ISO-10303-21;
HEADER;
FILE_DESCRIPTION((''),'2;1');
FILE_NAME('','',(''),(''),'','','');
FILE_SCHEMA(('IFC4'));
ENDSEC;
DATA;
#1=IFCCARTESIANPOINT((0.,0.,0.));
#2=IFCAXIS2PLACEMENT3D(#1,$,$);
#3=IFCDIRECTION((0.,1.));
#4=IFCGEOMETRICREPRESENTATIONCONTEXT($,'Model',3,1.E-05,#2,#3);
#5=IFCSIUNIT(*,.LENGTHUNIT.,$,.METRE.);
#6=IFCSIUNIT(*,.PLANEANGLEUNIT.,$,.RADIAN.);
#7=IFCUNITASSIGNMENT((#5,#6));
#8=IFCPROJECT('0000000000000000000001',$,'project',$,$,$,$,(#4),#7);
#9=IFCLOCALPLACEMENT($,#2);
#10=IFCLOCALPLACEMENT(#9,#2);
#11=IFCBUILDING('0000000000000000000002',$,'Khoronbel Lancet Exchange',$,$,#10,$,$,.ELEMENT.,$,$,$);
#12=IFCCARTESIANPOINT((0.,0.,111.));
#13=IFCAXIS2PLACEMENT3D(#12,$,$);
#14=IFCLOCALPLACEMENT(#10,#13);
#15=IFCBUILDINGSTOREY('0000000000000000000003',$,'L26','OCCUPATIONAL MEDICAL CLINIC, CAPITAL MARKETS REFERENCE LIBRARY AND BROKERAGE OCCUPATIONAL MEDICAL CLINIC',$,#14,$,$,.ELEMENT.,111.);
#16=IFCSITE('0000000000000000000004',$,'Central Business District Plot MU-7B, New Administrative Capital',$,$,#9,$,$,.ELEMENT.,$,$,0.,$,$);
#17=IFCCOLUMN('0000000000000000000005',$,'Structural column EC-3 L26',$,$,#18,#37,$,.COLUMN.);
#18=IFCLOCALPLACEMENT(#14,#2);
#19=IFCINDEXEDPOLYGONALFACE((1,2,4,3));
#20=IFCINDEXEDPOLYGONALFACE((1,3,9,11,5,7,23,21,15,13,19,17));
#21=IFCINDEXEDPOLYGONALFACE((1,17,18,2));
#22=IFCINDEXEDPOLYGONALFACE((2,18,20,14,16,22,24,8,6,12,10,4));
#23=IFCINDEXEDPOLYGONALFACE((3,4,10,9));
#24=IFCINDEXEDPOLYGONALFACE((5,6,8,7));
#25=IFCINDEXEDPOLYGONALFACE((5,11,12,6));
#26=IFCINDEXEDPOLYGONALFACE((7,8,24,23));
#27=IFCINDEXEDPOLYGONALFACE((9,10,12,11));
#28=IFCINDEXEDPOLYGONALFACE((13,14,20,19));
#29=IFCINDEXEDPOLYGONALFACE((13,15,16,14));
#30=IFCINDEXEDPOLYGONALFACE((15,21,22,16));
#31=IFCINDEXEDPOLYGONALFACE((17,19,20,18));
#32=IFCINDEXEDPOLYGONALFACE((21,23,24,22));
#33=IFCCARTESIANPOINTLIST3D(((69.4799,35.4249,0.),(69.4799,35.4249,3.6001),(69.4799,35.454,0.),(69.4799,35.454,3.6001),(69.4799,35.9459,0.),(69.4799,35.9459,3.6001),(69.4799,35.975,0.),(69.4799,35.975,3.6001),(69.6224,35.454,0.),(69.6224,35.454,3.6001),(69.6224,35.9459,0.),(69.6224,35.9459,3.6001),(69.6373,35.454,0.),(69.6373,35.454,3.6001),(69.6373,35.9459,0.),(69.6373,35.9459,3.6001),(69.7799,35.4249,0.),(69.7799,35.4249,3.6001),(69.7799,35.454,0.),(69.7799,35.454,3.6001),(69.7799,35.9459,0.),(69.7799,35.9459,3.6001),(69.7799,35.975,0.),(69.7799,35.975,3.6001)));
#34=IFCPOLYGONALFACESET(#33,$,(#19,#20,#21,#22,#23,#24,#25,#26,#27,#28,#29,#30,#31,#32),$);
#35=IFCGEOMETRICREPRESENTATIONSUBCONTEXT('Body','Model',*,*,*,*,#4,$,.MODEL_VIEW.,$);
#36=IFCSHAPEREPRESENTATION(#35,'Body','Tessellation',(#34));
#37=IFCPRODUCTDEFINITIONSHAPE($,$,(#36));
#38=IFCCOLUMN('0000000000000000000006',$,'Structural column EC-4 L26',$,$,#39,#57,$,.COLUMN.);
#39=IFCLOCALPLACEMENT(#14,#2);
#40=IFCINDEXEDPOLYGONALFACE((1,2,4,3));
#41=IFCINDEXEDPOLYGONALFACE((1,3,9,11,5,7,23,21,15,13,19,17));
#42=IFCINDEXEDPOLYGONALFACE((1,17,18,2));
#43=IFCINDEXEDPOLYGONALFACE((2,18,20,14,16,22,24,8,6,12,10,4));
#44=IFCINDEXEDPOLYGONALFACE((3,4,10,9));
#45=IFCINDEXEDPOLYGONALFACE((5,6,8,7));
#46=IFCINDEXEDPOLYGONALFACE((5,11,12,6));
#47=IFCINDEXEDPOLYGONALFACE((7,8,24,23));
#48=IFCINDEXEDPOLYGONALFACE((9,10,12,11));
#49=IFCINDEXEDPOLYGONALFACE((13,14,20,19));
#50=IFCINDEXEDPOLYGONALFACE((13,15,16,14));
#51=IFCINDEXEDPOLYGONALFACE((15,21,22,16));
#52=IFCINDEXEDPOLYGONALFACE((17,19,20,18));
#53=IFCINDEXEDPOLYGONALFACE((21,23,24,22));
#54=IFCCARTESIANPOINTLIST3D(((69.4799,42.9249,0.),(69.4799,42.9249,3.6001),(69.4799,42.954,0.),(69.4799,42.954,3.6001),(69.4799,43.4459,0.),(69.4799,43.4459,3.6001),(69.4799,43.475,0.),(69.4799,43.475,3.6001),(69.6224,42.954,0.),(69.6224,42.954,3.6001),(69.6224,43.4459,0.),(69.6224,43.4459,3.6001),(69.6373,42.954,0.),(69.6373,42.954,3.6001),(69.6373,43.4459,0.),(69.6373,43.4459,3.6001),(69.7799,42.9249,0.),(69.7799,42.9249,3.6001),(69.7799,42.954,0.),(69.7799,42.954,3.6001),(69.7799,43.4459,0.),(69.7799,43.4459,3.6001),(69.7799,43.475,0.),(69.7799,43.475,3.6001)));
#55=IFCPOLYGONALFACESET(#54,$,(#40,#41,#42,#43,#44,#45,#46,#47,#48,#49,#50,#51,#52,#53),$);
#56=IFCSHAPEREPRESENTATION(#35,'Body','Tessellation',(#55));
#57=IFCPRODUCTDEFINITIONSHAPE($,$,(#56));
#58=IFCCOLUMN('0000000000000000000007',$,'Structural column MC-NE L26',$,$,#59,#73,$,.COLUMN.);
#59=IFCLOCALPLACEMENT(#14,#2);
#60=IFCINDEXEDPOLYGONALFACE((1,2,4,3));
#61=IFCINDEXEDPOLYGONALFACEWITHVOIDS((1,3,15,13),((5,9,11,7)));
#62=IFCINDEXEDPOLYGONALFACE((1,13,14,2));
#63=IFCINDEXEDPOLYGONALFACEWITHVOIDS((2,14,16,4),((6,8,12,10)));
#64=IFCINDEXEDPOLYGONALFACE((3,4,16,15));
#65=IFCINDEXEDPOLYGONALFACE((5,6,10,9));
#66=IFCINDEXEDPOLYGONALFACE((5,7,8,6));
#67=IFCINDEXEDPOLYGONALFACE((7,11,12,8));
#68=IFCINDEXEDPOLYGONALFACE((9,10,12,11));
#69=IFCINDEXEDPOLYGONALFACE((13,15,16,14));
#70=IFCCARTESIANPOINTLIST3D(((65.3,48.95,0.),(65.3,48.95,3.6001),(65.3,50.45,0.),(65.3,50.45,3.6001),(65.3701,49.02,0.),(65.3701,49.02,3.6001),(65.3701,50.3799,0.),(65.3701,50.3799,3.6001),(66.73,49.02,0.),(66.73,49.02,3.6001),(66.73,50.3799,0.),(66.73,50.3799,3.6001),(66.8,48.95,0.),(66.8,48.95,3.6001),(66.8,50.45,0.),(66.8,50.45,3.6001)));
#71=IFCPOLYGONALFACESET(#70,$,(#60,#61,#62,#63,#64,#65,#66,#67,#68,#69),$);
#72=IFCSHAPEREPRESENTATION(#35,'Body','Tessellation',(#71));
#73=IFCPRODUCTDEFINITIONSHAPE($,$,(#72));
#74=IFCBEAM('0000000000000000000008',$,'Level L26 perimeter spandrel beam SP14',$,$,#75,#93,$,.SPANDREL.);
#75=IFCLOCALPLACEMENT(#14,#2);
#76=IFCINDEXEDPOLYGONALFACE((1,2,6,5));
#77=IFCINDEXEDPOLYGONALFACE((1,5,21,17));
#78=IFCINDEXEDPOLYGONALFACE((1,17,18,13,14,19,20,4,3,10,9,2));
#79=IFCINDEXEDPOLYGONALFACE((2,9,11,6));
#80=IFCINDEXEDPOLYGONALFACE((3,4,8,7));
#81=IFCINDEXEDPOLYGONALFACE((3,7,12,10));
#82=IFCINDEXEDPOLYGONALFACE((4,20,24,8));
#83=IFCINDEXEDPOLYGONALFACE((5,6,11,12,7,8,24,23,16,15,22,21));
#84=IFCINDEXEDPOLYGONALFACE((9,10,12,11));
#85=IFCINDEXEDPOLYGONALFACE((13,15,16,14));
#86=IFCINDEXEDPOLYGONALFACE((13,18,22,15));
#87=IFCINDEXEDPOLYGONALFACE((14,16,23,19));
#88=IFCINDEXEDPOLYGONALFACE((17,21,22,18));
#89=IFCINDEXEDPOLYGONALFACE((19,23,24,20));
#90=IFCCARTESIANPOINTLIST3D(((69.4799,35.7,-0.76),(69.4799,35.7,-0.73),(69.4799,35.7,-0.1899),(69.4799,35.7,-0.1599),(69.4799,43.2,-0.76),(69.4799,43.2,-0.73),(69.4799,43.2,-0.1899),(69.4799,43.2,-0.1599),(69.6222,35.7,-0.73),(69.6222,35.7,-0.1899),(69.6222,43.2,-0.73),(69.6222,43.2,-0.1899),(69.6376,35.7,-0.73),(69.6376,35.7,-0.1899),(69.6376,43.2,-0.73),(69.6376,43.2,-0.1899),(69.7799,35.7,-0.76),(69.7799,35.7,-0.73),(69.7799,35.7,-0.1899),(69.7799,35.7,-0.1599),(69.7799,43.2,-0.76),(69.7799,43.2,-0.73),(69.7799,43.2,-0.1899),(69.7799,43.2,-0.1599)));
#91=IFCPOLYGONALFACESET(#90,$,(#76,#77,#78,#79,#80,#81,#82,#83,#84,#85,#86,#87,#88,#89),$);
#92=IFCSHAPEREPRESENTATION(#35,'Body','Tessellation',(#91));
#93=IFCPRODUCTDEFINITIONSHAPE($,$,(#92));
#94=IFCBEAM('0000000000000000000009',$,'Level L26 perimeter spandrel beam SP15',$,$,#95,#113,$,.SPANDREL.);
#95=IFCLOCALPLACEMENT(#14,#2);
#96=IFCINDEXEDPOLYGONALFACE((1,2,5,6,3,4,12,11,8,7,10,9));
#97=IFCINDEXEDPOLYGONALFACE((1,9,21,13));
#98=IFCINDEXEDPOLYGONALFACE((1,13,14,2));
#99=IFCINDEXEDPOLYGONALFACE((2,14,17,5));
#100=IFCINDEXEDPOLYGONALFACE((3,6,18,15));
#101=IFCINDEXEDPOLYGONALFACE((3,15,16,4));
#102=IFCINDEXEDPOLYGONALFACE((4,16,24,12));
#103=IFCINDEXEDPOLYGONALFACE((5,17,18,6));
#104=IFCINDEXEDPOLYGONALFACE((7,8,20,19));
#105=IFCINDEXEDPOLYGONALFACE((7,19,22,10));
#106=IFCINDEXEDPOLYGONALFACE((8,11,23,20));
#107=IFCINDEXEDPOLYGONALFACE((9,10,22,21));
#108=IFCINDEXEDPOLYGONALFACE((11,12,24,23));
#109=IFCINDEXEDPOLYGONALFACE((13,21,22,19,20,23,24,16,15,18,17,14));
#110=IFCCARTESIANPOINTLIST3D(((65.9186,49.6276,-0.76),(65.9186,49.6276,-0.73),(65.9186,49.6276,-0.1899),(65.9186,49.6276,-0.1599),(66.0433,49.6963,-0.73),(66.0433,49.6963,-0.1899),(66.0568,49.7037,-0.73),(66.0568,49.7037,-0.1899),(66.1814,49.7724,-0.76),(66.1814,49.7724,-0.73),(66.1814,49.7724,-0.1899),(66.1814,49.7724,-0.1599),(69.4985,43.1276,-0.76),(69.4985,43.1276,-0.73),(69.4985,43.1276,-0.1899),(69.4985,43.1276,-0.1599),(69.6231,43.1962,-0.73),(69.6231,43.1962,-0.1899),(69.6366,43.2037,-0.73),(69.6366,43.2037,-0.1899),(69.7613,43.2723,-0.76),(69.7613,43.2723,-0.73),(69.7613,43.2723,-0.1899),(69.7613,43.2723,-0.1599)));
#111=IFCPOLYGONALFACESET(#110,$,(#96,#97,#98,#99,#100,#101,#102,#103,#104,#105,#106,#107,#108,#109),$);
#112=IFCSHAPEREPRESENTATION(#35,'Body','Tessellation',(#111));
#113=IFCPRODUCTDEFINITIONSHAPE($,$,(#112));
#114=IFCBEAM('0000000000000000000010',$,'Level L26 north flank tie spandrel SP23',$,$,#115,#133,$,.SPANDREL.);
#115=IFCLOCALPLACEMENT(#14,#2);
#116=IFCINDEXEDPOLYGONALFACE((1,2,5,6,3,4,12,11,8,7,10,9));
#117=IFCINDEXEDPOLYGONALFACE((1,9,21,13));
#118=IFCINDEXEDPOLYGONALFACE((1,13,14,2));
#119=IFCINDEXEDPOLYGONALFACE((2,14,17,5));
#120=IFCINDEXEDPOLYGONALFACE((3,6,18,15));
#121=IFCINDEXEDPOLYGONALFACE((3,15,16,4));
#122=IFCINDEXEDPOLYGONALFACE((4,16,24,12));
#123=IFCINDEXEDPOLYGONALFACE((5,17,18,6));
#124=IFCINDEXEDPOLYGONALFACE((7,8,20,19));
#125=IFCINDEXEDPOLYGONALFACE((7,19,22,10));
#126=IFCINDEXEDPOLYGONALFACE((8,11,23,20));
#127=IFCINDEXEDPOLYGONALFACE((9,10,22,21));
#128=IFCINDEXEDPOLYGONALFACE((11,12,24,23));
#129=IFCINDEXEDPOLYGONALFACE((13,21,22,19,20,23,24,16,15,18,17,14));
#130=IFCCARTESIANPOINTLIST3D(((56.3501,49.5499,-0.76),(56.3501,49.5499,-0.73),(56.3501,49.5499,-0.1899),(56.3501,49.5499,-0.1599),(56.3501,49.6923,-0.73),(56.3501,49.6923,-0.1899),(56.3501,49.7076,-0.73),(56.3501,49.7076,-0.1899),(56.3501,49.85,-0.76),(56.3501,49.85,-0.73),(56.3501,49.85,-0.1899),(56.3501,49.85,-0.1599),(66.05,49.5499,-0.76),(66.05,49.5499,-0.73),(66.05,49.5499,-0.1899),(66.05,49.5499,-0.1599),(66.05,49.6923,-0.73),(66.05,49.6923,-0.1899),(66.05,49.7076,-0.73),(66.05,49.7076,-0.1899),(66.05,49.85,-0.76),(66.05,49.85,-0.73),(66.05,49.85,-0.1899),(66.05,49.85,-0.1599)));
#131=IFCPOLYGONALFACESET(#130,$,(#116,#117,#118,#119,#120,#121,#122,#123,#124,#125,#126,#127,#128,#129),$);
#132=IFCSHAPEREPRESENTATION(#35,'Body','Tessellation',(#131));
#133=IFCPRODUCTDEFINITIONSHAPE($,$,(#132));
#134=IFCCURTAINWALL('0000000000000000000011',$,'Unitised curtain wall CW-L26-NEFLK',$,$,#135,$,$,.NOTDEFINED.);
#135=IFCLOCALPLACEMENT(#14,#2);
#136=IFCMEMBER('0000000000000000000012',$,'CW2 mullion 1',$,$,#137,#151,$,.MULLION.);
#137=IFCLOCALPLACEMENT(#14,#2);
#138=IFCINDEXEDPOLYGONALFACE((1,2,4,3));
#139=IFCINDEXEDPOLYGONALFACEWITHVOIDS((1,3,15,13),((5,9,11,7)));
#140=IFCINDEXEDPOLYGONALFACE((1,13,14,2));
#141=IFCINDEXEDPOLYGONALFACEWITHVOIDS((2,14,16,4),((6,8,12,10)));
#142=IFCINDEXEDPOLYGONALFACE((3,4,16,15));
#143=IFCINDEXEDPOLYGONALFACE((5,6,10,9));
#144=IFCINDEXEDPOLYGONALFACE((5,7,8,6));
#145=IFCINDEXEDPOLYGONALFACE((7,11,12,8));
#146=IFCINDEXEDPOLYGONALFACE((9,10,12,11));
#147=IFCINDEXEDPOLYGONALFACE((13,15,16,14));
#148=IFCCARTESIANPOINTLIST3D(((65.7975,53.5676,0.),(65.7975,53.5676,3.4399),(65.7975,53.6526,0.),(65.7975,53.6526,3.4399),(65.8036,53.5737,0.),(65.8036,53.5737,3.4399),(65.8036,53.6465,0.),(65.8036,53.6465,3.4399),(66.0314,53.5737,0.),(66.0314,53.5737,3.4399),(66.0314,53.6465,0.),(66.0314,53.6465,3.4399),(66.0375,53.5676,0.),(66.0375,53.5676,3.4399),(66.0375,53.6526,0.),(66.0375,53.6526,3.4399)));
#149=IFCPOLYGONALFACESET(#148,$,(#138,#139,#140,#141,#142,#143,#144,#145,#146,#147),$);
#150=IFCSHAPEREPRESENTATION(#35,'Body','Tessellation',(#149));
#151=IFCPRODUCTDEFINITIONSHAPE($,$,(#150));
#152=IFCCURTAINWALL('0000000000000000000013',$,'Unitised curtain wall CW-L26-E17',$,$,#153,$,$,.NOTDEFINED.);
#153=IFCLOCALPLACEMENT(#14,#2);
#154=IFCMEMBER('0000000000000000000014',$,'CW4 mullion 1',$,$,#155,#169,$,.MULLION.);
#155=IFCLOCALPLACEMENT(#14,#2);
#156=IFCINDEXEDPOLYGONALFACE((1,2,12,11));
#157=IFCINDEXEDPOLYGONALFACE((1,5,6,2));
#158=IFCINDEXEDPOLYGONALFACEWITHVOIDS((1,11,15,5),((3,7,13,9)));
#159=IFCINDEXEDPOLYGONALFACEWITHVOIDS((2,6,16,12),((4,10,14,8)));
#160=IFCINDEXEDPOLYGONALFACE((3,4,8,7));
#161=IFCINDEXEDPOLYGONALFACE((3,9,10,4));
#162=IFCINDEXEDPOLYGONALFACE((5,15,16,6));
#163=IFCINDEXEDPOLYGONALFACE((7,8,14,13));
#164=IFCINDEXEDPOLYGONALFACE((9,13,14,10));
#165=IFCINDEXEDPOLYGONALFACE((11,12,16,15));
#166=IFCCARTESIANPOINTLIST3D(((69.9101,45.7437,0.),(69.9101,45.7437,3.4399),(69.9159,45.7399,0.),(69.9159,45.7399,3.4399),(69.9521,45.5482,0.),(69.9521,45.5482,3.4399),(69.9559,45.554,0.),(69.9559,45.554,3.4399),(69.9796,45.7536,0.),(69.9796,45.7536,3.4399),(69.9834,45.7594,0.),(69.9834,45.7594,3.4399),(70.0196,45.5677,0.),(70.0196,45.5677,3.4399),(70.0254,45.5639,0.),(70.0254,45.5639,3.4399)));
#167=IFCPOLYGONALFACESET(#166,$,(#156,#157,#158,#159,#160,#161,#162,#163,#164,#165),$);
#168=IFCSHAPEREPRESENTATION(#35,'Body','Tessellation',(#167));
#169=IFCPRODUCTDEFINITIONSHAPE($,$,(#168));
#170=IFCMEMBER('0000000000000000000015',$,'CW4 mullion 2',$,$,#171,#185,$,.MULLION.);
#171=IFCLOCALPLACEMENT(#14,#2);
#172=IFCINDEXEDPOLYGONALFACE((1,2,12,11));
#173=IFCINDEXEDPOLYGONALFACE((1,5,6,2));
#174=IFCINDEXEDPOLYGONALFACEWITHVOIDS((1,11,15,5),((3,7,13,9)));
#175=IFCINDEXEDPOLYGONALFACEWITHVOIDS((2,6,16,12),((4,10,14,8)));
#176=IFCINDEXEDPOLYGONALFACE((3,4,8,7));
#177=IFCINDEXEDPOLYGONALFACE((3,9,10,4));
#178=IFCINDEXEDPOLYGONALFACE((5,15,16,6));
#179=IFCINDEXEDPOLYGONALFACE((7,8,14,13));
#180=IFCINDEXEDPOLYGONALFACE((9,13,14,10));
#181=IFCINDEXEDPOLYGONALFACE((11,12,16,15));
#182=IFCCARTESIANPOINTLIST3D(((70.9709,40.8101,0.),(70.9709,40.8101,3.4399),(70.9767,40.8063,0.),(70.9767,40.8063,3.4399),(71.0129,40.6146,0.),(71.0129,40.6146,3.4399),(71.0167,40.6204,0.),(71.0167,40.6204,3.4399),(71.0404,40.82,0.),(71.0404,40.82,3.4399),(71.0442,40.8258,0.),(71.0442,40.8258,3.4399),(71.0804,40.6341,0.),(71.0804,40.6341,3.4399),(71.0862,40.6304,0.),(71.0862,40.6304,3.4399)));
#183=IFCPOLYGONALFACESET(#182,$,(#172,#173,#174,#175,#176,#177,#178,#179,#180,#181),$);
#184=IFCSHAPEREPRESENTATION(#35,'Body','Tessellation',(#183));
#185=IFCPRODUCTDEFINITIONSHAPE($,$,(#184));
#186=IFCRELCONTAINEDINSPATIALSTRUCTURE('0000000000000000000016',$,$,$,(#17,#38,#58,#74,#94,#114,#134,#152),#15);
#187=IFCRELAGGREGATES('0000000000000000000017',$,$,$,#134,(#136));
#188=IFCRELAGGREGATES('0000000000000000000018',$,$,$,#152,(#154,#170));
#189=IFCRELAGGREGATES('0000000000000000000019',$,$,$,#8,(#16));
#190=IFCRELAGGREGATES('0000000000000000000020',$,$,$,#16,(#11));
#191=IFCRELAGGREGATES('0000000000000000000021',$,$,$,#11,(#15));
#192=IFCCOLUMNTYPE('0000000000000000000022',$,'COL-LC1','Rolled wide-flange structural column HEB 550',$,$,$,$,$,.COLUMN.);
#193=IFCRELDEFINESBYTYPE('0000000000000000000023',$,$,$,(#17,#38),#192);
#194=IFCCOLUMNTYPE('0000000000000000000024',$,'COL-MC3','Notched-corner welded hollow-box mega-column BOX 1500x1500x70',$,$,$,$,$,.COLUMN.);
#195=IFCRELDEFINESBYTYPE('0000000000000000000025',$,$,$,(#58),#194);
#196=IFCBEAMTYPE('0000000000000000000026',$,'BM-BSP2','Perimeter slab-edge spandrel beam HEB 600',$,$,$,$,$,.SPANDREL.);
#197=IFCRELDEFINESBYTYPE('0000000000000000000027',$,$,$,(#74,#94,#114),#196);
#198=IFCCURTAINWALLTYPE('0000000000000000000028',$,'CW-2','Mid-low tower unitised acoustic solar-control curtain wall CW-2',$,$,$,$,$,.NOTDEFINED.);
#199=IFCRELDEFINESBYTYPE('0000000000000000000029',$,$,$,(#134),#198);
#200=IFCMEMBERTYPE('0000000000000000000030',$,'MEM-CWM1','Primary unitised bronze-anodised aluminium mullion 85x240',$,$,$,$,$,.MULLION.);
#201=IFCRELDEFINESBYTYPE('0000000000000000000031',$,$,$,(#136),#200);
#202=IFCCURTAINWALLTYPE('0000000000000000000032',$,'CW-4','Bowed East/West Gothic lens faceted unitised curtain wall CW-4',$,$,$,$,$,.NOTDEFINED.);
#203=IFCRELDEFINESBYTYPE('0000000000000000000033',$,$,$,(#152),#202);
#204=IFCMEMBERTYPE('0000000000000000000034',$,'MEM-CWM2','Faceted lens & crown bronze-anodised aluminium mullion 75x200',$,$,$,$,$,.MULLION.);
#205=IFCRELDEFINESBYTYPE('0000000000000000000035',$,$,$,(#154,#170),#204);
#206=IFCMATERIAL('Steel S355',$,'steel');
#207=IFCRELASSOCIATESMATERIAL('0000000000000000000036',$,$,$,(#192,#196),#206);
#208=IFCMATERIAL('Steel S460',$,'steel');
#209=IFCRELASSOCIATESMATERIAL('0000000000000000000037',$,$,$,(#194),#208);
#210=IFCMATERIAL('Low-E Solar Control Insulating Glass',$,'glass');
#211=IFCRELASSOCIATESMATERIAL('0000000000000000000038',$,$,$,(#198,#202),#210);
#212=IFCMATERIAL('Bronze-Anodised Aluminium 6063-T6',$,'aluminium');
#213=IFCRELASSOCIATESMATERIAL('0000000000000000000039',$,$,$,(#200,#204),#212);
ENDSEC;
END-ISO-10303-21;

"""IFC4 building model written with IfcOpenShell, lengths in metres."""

from ifc_helpers import new_model, si_unit, direction, frame, origin, origin_2d, place, context, subcontext, project, spatial, hollow_rectangle, i_section, extrude, material, material_profile, profile_set, type_object, element, aggregate, save


model = new_model("IFC4")

# Units and contexts
model_context = context("Model", 3, precision=1e-05, world=origin(), true_north=direction((0.0, 1.0)))
body_context = subcontext(model_context, "Body", "Model", "MODEL_VIEW")
ifc_project = project(units=[si_unit("LENGTHUNIT", "METRE"), si_unit("PLANEANGLEUNIT", "RADIAN")], contexts=[model_context])

# Site, building, storey
site_placement = place(None, origin())
site = spatial("IfcSite", under=ifc_project, at=site_placement, Name="Central Business District Plot MU-7B, New Administrative Capital", CompositionType="ELEMENT", RefElevation=0.0)
building_placement = place(site_placement, origin())
building = spatial("IfcBuilding", under=site, at=building_placement, Name="Khoronbel Lancet Exchange", CompositionType="ELEMENT")
storey_placement = place(building_placement, frame((0.0, 0.0, 111.0)))
storey = spatial("IfcBuildingStorey", under=building, at=storey_placement, Name="L26", Description="OCCUPATIONAL MEDICAL CLINIC, CAPITAL MARKETS REFERENCE LIBRARY AND BROKERAGE OCCUPATIONAL MEDICAL CLINIC", CompositionType="ELEMENT", Elevation=111.0)

# Columns
ifc_material_1 = material(Name="Steel S355", Category="steel")
ifc_material_profile_1 = material_profile(ifc_material_1, i_section(OverallWidth=0.3, OverallDepth=0.55, WebThickness=0.0149, FlangeThickness=0.0291, at=origin_2d()), Name="HEB 550")
ifc_profile_set_1 = profile_set([ifc_material_profile_1], Name="Steel S355")
column_type_1 = type_object("IfcColumnType", Name="COL-LC1", Description="Rolled wide-flange structural column HEB 550", PredefinedType="COLUMN", material=ifc_profile_set_1)
for number, where, z_axis, x_axis, name in (
    (1, (69.6299, 35.7, 0.0), (0.0, 0.0, 1.0), (1.0, 0.0, 0.0), "Structural column EC-3 L26"),
    (2, (69.6299, 43.2, 0.0), (0.0, 0.0, 1.0), (1.0, 0.0, 0.0), "Structural column EC-4 L26"),
):
    element("IfcColumn", number, at=place(storey_placement, frame(where, z_axis=z_axis, x_axis=x_axis)), inside=storey, type_object=column_type_1, Name=name, PredefinedType="COLUMN", context=body_context, shape_type="SweptSolid", body=[
        extrude(i_section(OverallWidth=0.3, OverallDepth=0.55, WebThickness=0.0149, FlangeThickness=0.0291, at=origin_2d()), origin(), (0.0, 0.0, 1.0), 3.6001),
    ])
ifc_material_2 = material(Name="Steel S460", Category="steel")
ifc_material_profile_2 = material_profile(ifc_material_2, hollow_rectangle(XDim=1.5, YDim=1.5, WallThickness=0.0701, at=origin_2d()), Name="BOX 1500x1500x70")
ifc_profile_set_2 = profile_set([ifc_material_profile_2], Name="Steel S460")
column_type_2 = type_object("IfcColumnType", Name="COL-MC3", Description="Notched-corner welded hollow-box mega-column BOX 1500x1500x70", PredefinedType="COLUMN", material=ifc_profile_set_2)
column_placement = place(storey_placement, frame((66.05, 49.7, 0.0), z_axis=(0.0, 0.0, 1.0), x_axis=(1.0, 0.0, 0.0)))
element("IfcColumn", 3, at=column_placement, inside=storey, type_object=column_type_2, Name="Structural column MC-NE L26", PredefinedType="COLUMN", context=body_context, shape_type="SweptSolid", body=[
    extrude(hollow_rectangle(XDim=1.5, YDim=1.5, WallThickness=0.0701, at=origin_2d()), origin(), (0.0, 0.0, 1.0), 3.6001),
])

# Beams
ifc_material_profile_3 = material_profile(ifc_material_1, i_section(OverallWidth=0.3, OverallDepth=0.6001, WebThickness=0.0154, FlangeThickness=0.03, at=origin_2d()), Name="HEB 600")
ifc_profile_set_3 = profile_set([ifc_material_profile_3], Name="Steel S355")
beam_type = type_object("IfcBeamType", Name="BM-BSP2", Description="Perimeter slab-edge spandrel beam HEB 600", PredefinedType="SPANDREL", material=ifc_profile_set_3)
beam_1_placement = place(storey_placement, frame((69.6299, 35.7, -0.46), z_axis=(0.0, 1.0, 0.0), x_axis=(-1.0, 0.0, 0.0)))
element("IfcBeam", 4, at=beam_1_placement, inside=storey, type_object=beam_type, Name="Level L26 perimeter spandrel beam SP14", PredefinedType="SPANDREL", context=body_context, shape_type="SweptSolid", body=[
    extrude(i_section(OverallWidth=0.3, OverallDepth=0.6001, WebThickness=0.0154, FlangeThickness=0.03, at=origin_2d()), origin(), (0.0, 0.0, 1.0), 7.5),
])
beam_2_placement = place(storey_placement, frame((69.6299, 43.2, -0.46), z_axis=(-0.482419, 0.875941, 0.0), x_axis=(-0.875941, -0.482419, 0.0)))
element("IfcBeam", 5, at=beam_2_placement, inside=storey, type_object=beam_type, Name="Level L26 perimeter spandrel beam SP15", PredefinedType="SPANDREL", context=body_context, shape_type="SweptSolid", body=[
    extrude(i_section(OverallWidth=0.3, OverallDepth=0.6001, WebThickness=0.0154, FlangeThickness=0.03, at=origin_2d()), origin(), (0.0, 0.0, 1.0), 7.4207),
])
beam_3_placement = place(storey_placement, frame((66.05, 49.7, -0.46), z_axis=(-1.0, 0.0, 0.0), x_axis=(0.0, -1.0, 0.0)))
element("IfcBeam", 6, at=beam_3_placement, inside=storey, type_object=beam_type, Name="Level L26 north flank tie spandrel SP23", PredefinedType="SPANDREL", context=body_context, shape_type="SweptSolid", body=[
    extrude(i_section(OverallWidth=0.3, OverallDepth=0.6001, WebThickness=0.0154, FlangeThickness=0.03, at=origin_2d()), origin(), (0.0, 0.0, 1.0), 9.7),
])

# Curtain wall, member
ifc_material_3 = material(Name="Low-E Solar Control Insulating Glass", Category="glass")
curtain_wall_type_1 = type_object("IfcCurtainWallType", Name="CW-2", Description="Mid-low tower unitised acoustic solar-control curtain wall CW-2", PredefinedType="NOTDEFINED", material=ifc_material_3)
curtain_wall_1_placement = place(storey_placement, origin())
curtain_wall_1 = element("IfcCurtainWall", 7, at=curtain_wall_1_placement, inside=storey, type_object=curtain_wall_type_1, Name="Unitised curtain wall CW-L26-NEFLK", PredefinedType="NOTDEFINED")
ifc_material_4 = material(Name="Bronze-Anodised Aluminium 6063-T6", Category="aluminium")
ifc_material_profile_4 = material_profile(ifc_material_4, hollow_rectangle(XDim=0.085, YDim=0.24, WallThickness=0.0061, at=origin_2d()), Name="ALU MULLION 85x240")
ifc_profile_set_4 = profile_set([ifc_material_profile_4], Name="Bronze-Anodised Aluminium 6063-T6")
member_type_1 = type_object("IfcMemberType", Name="MEM-CWM1", Description="Primary unitised bronze-anodised aluminium mullion 85x240", PredefinedType="MULLION", material=ifc_profile_set_4)
member_1_placement = place(storey_placement, frame((65.9175, 53.6101, 0.0), z_axis=(0.0, 0.0, 1.0), x_axis=(0.0, -1.0, 0.0)))
member_1 = element("IfcMember", 8, at=member_1_placement, type_object=member_type_1, Name="CW2 mullion 1", PredefinedType="MULLION", context=body_context, shape_type="SweptSolid", body=[
    extrude(hollow_rectangle(XDim=0.085, YDim=0.24, WallThickness=0.0061, at=origin_2d()), origin(), (0.0, 0.0, 1.0), 3.4399),
])

# Curtain wall, members
curtain_wall_type_2 = type_object("IfcCurtainWallType", Name="CW-4", Description="Bowed East/West Gothic lens faceted unitised curtain wall CW-4", PredefinedType="NOTDEFINED", material=ifc_material_3)
curtain_wall_2_placement = place(storey_placement, origin())
curtain_wall_2 = element("IfcCurtainWall", 9, at=curtain_wall_2_placement, inside=storey, type_object=curtain_wall_type_2, Name="Unitised curtain wall CW-L26-E17", PredefinedType="NOTDEFINED")
ifc_material_profile_5 = material_profile(ifc_material_4, hollow_rectangle(XDim=0.075, YDim=0.2, WallThickness=0.0049, at=origin_2d()), Name="ALU MULLION 75x200")
ifc_profile_set_5 = profile_set([ifc_material_profile_5], Name="Bronze-Anodised Aluminium 6063-T6")
member_type_2 = type_object("IfcMemberType", Name="MEM-CWM2", Description="Faceted lens & crown bronze-anodised aluminium mullion 75x200", PredefinedType="MULLION", material=ifc_profile_set_5)
member_2_placement = place(storey_placement, frame((69.9678, 45.6538, 0.0), z_axis=(0.0, 0.0, 1.0), x_axis=(0.977658, 0.2102, 0.0)))
member_2 = element("IfcMember", 10, at=member_2_placement, type_object=member_type_2, Name="CW4 mullion 1", PredefinedType="MULLION", context=body_context, shape_type="SweptSolid", body=[
    extrude(hollow_rectangle(XDim=0.075, YDim=0.2, WallThickness=0.0049, at=origin_2d()), origin(), (0.0, 0.0, 1.0), 3.4399),
])
member_3_placement = place(storey_placement, frame((71.0286, 40.7202, 0.0), z_axis=(0.0, 0.0, 1.0), x_axis=(0.977658, 0.2102, 0.0)))
member_3 = element("IfcMember", 11, at=member_3_placement, type_object=member_type_2, Name="CW4 mullion 2", PredefinedType="MULLION", context=body_context, shape_type="SweptSolid", body=[
    extrude(hollow_rectangle(XDim=0.075, YDim=0.2, WallThickness=0.0049, at=origin_2d()), origin(), (0.0, 0.0, 1.0), 3.4399),
])

aggregate(curtain_wall_1, [member_1])
aggregate(curtain_wall_2, [member_2, member_3])

save(model, "model.ifc")
